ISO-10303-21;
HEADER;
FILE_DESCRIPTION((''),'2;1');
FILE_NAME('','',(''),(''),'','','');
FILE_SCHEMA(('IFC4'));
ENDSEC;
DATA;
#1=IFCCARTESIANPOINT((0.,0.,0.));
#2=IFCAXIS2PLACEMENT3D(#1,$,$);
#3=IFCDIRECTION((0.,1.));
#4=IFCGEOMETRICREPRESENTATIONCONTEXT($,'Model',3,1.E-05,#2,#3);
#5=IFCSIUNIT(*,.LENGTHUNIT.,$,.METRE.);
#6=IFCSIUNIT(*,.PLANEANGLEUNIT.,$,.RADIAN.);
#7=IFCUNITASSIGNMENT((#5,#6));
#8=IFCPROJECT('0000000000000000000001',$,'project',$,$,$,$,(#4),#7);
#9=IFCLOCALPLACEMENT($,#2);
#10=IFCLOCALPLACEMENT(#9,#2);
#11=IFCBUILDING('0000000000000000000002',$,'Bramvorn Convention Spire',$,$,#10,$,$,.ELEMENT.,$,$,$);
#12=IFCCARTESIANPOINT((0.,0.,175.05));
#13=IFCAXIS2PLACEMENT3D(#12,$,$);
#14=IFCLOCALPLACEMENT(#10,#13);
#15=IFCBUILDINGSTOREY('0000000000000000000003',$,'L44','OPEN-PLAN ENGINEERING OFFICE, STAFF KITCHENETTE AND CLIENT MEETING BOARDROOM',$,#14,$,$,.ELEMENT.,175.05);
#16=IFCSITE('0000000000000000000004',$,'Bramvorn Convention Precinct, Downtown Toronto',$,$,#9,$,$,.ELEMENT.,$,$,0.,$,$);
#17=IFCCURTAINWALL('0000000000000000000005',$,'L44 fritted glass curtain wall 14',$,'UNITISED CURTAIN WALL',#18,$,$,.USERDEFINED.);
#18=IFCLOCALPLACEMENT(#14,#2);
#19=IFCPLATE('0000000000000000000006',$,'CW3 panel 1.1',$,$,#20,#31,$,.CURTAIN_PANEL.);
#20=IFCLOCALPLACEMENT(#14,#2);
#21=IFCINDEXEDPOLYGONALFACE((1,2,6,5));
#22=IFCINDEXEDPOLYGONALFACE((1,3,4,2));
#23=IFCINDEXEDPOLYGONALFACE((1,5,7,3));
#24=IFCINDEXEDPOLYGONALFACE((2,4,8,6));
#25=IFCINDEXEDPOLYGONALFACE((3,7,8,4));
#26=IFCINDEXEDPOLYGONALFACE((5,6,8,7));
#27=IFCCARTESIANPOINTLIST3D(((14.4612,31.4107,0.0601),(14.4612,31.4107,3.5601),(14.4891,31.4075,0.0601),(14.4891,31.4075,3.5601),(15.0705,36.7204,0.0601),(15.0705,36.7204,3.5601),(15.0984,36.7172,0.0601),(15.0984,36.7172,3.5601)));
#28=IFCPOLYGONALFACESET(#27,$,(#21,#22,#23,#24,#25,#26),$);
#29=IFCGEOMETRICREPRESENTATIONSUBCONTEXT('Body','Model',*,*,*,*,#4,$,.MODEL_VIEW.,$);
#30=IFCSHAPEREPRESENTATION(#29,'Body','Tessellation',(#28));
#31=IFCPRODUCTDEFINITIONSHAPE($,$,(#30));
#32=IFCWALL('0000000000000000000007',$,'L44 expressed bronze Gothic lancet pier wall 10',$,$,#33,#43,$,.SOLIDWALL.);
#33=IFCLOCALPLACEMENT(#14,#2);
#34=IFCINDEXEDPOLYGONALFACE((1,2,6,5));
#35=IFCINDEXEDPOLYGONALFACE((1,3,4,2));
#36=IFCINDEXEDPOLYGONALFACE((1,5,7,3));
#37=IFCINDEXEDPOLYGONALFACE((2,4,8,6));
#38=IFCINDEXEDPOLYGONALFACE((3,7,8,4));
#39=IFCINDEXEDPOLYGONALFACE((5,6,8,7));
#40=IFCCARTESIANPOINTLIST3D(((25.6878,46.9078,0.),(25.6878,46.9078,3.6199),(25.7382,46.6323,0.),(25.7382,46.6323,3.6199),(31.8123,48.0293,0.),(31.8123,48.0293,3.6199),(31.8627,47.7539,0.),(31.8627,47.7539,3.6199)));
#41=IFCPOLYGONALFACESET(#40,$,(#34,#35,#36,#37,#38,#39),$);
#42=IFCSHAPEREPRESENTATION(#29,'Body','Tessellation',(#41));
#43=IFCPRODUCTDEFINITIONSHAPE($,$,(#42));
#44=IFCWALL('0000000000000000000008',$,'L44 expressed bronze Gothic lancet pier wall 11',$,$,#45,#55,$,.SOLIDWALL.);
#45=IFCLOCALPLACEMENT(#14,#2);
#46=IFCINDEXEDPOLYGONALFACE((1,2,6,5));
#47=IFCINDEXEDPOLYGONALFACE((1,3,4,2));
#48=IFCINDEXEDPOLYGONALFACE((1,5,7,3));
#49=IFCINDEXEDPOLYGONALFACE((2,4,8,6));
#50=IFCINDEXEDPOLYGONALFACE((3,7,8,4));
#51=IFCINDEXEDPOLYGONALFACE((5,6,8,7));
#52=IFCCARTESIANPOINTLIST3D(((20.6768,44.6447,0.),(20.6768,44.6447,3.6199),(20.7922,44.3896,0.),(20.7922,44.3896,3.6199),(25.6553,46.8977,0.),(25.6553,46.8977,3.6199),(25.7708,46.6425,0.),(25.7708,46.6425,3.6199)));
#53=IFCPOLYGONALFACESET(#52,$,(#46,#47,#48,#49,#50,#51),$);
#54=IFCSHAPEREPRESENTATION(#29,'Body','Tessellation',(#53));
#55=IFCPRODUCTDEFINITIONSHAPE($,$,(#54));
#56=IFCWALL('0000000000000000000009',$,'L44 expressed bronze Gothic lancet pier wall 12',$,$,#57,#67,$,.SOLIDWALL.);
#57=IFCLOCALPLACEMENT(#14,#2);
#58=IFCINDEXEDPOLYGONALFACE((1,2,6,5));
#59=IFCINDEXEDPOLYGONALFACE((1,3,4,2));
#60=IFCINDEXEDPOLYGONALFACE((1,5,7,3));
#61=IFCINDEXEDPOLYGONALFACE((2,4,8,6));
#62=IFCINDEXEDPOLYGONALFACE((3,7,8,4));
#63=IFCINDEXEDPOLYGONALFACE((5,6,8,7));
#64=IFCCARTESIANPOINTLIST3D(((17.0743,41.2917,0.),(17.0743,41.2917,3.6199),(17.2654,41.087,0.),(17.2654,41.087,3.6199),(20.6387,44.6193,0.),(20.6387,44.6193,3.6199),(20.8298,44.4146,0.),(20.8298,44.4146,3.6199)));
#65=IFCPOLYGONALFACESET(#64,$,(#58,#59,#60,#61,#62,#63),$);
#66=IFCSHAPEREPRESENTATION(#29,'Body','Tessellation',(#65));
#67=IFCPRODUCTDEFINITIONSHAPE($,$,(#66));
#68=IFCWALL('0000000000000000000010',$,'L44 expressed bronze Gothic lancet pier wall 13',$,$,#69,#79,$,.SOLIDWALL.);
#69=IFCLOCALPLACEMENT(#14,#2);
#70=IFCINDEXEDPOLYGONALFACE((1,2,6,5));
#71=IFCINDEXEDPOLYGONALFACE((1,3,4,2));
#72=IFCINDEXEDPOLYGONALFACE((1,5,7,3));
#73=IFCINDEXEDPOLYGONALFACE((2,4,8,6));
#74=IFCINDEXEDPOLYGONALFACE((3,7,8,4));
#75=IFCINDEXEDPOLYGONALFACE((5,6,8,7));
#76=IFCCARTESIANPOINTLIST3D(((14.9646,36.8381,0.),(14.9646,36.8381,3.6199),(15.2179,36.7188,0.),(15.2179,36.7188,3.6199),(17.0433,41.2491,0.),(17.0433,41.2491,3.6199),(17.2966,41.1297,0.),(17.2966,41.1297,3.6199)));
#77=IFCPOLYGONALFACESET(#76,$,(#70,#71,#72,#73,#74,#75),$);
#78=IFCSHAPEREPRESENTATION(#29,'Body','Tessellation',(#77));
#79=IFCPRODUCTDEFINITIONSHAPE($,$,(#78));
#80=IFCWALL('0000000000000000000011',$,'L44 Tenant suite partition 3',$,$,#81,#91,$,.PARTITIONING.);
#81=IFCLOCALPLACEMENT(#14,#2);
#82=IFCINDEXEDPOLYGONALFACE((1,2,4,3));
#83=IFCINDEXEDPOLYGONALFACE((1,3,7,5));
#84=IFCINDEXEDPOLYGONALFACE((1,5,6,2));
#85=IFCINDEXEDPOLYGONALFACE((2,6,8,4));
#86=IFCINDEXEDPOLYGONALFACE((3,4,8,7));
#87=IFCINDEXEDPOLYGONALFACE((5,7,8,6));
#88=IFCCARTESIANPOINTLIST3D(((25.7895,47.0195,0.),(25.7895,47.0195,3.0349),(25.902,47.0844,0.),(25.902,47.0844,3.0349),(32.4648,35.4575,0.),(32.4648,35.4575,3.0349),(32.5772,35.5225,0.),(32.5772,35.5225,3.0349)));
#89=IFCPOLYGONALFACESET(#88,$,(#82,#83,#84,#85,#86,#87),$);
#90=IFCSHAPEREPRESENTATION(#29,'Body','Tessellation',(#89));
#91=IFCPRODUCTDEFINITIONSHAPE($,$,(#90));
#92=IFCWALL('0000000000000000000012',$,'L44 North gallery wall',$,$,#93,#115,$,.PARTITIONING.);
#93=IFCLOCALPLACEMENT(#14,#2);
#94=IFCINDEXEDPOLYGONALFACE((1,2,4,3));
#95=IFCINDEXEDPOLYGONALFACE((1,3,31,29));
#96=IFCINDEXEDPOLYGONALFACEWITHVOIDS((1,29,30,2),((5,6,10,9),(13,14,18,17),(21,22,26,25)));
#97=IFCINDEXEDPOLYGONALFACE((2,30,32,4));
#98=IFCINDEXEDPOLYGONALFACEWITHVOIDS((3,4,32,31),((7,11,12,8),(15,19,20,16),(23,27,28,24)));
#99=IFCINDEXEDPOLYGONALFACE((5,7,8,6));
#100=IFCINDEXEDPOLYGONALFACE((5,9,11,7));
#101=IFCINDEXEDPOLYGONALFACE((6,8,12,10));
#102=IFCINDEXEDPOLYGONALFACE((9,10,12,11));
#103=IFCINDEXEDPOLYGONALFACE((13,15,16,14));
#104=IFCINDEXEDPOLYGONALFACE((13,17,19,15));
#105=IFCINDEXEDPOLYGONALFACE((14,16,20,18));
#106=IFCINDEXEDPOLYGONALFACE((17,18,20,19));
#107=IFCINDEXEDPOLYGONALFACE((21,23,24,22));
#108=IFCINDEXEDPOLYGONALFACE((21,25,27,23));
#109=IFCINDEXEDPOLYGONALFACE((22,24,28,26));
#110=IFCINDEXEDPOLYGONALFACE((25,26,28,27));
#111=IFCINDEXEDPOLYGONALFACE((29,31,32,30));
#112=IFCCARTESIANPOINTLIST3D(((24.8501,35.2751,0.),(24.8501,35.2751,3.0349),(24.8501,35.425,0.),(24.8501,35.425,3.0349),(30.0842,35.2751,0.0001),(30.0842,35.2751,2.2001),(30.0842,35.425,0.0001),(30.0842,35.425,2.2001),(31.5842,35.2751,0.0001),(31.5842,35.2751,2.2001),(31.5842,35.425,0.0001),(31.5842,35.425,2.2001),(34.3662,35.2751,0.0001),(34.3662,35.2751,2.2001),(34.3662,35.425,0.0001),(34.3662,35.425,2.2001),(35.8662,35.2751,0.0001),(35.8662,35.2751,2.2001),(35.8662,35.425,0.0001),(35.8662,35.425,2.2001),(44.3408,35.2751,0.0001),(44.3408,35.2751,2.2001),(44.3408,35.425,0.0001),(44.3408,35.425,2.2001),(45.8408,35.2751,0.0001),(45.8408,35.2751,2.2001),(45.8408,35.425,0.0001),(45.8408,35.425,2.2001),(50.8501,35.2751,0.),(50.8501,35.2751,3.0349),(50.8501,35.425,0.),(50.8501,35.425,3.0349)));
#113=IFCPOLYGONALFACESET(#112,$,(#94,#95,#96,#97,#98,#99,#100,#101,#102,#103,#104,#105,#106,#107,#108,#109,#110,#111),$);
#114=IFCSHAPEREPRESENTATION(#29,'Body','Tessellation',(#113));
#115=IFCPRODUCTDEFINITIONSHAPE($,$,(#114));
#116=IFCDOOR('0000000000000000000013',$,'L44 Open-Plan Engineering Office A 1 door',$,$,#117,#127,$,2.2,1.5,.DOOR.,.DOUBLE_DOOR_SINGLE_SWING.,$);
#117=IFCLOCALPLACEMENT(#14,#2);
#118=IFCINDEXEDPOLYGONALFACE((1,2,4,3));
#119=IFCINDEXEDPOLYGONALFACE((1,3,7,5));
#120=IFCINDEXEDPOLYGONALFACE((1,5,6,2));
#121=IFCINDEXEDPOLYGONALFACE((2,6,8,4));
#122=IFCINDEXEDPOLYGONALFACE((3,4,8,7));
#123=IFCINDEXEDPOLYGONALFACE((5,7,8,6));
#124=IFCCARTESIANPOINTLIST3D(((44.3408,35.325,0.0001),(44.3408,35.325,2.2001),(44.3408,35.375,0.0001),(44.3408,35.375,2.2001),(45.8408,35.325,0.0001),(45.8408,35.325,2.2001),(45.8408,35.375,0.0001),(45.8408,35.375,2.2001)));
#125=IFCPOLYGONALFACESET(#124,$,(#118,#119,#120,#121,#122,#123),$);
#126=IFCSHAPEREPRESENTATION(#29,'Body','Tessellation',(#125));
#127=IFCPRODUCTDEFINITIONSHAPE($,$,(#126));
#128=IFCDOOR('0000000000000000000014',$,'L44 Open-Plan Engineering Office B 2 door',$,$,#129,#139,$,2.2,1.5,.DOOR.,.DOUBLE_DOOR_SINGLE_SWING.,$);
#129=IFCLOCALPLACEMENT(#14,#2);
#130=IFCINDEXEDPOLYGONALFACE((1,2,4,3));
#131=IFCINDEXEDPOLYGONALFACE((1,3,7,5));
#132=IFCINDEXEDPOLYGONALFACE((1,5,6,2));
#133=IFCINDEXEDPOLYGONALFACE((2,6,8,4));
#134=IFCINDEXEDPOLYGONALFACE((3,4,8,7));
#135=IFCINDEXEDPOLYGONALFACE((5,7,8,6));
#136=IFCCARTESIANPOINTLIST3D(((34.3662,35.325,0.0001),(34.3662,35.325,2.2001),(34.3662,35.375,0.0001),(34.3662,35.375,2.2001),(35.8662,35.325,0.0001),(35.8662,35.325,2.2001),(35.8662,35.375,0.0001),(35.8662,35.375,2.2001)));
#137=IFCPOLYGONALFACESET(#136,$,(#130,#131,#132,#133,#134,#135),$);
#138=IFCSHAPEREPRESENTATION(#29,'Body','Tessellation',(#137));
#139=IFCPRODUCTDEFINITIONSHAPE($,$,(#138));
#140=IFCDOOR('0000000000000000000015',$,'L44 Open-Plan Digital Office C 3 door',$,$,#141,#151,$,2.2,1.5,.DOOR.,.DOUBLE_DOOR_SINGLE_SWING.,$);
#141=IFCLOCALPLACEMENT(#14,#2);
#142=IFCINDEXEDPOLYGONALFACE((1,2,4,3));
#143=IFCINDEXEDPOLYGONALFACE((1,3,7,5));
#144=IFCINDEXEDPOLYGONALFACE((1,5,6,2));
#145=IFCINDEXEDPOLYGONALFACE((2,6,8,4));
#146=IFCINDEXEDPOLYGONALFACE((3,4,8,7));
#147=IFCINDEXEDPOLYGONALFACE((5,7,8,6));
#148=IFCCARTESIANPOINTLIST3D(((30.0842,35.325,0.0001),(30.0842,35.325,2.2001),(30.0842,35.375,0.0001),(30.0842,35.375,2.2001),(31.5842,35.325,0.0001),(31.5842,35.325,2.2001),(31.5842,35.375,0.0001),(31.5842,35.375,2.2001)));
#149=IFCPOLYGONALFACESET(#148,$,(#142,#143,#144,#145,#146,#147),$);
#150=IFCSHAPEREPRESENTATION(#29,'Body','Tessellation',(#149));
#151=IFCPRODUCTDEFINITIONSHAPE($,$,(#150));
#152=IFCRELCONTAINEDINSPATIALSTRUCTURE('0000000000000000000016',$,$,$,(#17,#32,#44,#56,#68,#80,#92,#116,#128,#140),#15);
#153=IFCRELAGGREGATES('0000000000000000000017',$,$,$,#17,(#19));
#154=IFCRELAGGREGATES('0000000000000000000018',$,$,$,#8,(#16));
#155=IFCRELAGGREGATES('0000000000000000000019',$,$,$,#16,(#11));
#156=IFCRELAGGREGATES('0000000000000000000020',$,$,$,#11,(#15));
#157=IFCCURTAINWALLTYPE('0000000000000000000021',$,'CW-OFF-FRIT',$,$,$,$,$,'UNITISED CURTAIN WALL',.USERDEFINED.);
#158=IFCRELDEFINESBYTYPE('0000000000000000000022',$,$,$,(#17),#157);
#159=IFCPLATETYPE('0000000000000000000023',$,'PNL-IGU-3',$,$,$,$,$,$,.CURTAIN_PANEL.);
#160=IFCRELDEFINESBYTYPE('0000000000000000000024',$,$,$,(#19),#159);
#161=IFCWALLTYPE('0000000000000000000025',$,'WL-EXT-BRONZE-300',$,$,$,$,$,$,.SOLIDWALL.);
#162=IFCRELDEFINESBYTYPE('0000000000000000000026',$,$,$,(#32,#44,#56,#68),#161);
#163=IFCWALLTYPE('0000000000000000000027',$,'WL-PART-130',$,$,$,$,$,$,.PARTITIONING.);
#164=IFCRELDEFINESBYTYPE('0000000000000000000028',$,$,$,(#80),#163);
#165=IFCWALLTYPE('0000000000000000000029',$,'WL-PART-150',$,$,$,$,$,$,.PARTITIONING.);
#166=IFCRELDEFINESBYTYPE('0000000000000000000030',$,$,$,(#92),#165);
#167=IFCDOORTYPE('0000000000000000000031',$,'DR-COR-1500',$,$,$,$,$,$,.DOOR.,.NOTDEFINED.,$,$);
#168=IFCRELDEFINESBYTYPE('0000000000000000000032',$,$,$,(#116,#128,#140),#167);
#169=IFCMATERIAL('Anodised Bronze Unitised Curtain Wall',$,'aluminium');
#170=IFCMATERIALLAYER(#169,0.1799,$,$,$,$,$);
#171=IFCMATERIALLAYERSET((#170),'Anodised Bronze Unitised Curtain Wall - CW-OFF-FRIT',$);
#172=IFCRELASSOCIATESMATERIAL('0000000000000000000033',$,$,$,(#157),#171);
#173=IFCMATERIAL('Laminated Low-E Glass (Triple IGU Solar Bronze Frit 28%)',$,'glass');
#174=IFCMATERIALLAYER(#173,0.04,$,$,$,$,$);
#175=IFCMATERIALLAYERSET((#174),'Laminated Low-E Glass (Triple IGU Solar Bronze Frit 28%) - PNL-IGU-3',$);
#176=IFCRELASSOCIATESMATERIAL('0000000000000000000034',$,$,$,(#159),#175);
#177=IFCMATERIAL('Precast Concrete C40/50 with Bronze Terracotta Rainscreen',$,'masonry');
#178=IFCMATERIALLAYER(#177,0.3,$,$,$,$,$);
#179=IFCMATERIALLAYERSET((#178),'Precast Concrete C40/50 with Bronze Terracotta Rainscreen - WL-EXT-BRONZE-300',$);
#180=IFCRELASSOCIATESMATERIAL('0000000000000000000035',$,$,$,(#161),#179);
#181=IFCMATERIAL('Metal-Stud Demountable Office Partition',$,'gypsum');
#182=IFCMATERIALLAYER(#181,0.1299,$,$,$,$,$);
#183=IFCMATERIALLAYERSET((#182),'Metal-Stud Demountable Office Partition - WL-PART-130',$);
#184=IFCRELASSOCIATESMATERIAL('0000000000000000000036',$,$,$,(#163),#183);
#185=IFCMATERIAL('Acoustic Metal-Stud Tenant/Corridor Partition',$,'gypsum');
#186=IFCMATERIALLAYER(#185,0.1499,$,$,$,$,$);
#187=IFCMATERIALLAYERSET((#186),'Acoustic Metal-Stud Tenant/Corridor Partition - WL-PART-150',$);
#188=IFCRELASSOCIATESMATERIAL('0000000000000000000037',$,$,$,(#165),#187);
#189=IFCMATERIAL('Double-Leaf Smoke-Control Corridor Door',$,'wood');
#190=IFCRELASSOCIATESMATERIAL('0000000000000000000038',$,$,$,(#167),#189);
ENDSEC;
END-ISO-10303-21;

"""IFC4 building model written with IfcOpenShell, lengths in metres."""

from ifc_helpers import new_model, si_unit, direction, frame, frame_2d, origin, origin_2d, place, context, subcontext, project, spatial, rectangle, extrude, material, layer, layer_set, type_object, element, fill, aggregate, save


model = new_model("IFC4")

# Units and contexts
model_context = context("Model", 3, precision=1e-05, world=origin(), true_north=direction((0.0, 1.0)))
body_context = subcontext(model_context, "Body", "Model", "MODEL_VIEW")
ifc_project = project(units=[si_unit("LENGTHUNIT", "METRE"), si_unit("PLANEANGLEUNIT", "RADIAN")], contexts=[model_context])

# Site, building, storey
site_placement = place(None, origin())
site = spatial("IfcSite", under=ifc_project, at=site_placement, Name="Bramvorn Convention Precinct, Downtown Toronto", CompositionType="ELEMENT", RefElevation=0.0)
building_placement = place(site_placement, origin())
building = spatial("IfcBuilding", under=site, at=building_placement, Name="Bramvorn Convention Spire", CompositionType="ELEMENT")
storey_placement = place(building_placement, frame((0.0, 0.0, 175.05)))
storey = spatial("IfcBuildingStorey", under=building, at=storey_placement, Name="L44", Description="OPEN-PLAN ENGINEERING OFFICE, STAFF KITCHENETTE AND CLIENT MEETING BOARDROOM", CompositionType="ELEMENT", Elevation=175.05)

# Curtain wall
ifc_material_1 = material(Name="Anodised Bronze Unitised Curtain Wall", Category="aluminium")
ifc_layer_1 = layer(ifc_material_1, 0.1799)
ifc_layer_set_1 = layer_set([ifc_layer_1], Name="Anodised Bronze Unitised Curtain Wall - CW-OFF-FRIT")
curtain_wall_type = type_object("IfcCurtainWallType", Name="CW-OFF-FRIT", ElementType="UNITISED CURTAIN WALL", PredefinedType="USERDEFINED", material=ifc_layer_set_1)
curtain_wall_1_placement = place(storey_placement, origin())
curtain_wall_1 = element("IfcCurtainWall", 1, at=curtain_wall_1_placement, inside=storey, type_object=curtain_wall_type, Name="L44 fritted glass curtain wall 14", ObjectType="UNITISED CURTAIN WALL", PredefinedType="USERDEFINED")

# Plate
ifc_material_2 = material(Name="Laminated Low-E Glass (Triple IGU Solar Bronze Frit 28%)", Category="glass")
ifc_layer_2 = layer(ifc_material_2, 0.04)
ifc_layer_set_2 = layer_set([ifc_layer_2], Name="Laminated Low-E Glass (Triple IGU Solar Bronze Frit 28%) - PNL-IGU-3")
plate_type = type_object("IfcPlateType", Name="PNL-IGU-3", PredefinedType="CURTAIN_PANEL", material=ifc_layer_set_2)
plate_1_placement = place(storey_placement, frame((14.7798, 34.064, 0.0601), z_axis=(0.0, 0.0, 1.0), x_axis=(0.114008, 0.99348, 0.0)))
plate_1 = element("IfcPlate", 2, at=plate_1_placement, type_object=plate_type, Name="CW3 panel 1.1", PredefinedType="CURTAIN_PANEL", context=body_context, shape_type="SweptSolid", body=[
    extrude(rectangle(XDim=5.3445, YDim=0.0281, at=origin_2d()), origin(), (0.0, 0.0, 1.0), 3.5),
])
aggregate(curtain_wall_1, [plate_1])

# Walls
ifc_material_3 = material(Name="Precast Concrete C40/50 with Bronze Terracotta Rainscreen", Category="masonry")
ifc_layer_3 = layer(ifc_material_3, 0.3)
ifc_layer_set_3 = layer_set([ifc_layer_3], Name="Precast Concrete C40/50 with Bronze Terracotta Rainscreen - WL-EXT-BRONZE-300")
wall_type_1 = type_object("IfcWallType", Name="WL-EXT-BRONZE-300", PredefinedType="SOLIDWALL", material=ifc_layer_set_3)
wall_1_placement = place(storey_placement, frame((25.7129, 46.77, 0.0), z_axis=(0.0, 0.0, 1.0), x_axis=(0.983642, 0.180134, 0.0)))
element("IfcWall", 3, at=wall_1_placement, inside=storey, type_object=wall_type_1, Name="L44 expressed bronze Gothic lancet pier wall 10", PredefinedType="SOLIDWALL", context=body_context, shape_type="SweptSolid", body=[
    extrude(rectangle(XDim=6.2263, YDim=0.28, at=frame_2d((3.1133, 0.0))), origin(), (0.0, 0.0, 1.0), 3.6199),
])
wall_2_placement = place(storey_placement, frame((20.7344, 44.5171, 0.0), z_axis=(0.0, 0.0, 1.0), x_axis=(0.911057, 0.412281, 0.0)))
element("IfcWall", 4, at=wall_2_placement, inside=storey, type_object=wall_type_1, Name="L44 expressed bronze Gothic lancet pier wall 11", PredefinedType="SOLIDWALL", context=body_context, shape_type="SweptSolid", body=[
    extrude(rectangle(XDim=5.4646, YDim=0.28, at=frame_2d((2.7324, 0.0))), origin(), (0.0, 0.0, 1.0), 3.6199),
])
for number, where, z_axis, x_axis, name in (
    (5, (17.1699, 41.1895, 0.0), (0.0, 0.0, 1.0), (0.730972, 0.682407, 0.0), "L44 expressed bronze Gothic lancet pier wall 12"),
    (6, (15.0913, 36.7786, 0.0), (0.0, 0.0, 1.0), (0.426284, 0.904589, 0.0), "L44 expressed bronze Gothic lancet pier wall 13"),
):
    element("IfcWall", number, at=place(storey_placement, frame(where, z_axis=z_axis, x_axis=x_axis)), inside=storey, type_object=wall_type_1, Name=name, PredefinedType="SOLIDWALL", context=body_context, shape_type="SweptSolid", body=[
        extrude(rectangle(XDim=4.8762, YDim=0.28, at=frame_2d((2.438, 0.0))), origin(), (0.0, 0.0, 1.0), 3.6199),
    ])
ifc_material_4 = material(Name="Metal-Stud Demountable Office Partition", Category="gypsum")
ifc_layer_4 = layer(ifc_material_4, 0.1299)
ifc_layer_set_4 = layer_set([ifc_layer_4], Name="Metal-Stud Demountable Office Partition - WL-PART-130")
wall_type_2 = type_object("IfcWallType", Name="WL-PART-130", PredefinedType="PARTITIONING", material=ifc_layer_set_4)
wall_3_placement = place(storey_placement, frame((32.521, 35.49, 0.0), z_axis=(0.0, 0.0, 1.0), x_axis=(-0.499998, 0.866027, 0.0)))
element("IfcWall", 7, at=wall_3_placement, inside=storey, type_object=wall_type_2, Name="L44 Tenant suite partition 3", PredefinedType="PARTITIONING", context=body_context, shape_type="SweptSolid", body=[
    extrude(rectangle(XDim=13.3506, YDim=0.1299, at=frame_2d((6.6753, 0.0))), origin(), (0.0, 0.0, 1.0), 3.0349),
])

# Wall, openings, doors
ifc_material_5 = material(Name="Acoustic Metal-Stud Tenant/Corridor Partition", Category="gypsum")
ifc_layer_5 = layer(ifc_material_5, 0.1499)
ifc_layer_set_5 = layer_set([ifc_layer_5], Name="Acoustic Metal-Stud Tenant/Corridor Partition - WL-PART-150")
wall_type_3 = type_object("IfcWallType", Name="WL-PART-150", PredefinedType="PARTITIONING", material=ifc_layer_set_5)
wall_4_placement = place(storey_placement, frame((24.8501, 35.3501, 0.0), z_axis=(0.0, 0.0, 1.0), x_axis=(1.0, 0.0, 0.0)))
wall_4 = element("IfcWall", 8, at=wall_4_placement, inside=storey, type_object=wall_type_3, Name="L44 North gallery wall", PredefinedType="PARTITIONING", context=body_context, shape_type="SweptSolid", body=[
    extrude(rectangle(XDim=26.0, YDim=0.1499, at=frame_2d((13.0, 0.0))), origin(), (0.0, 0.0, 1.0), 3.0349),
])
opening_1_placement = place(wall_4_placement, frame((19.4907, 0.0, 0.0)))
opening_1 = element("IfcOpeningElement", 9, at=opening_1_placement, cuts=wall_4, PredefinedType="OPENING", context=body_context, shape_type="SweptSolid", body=[
    extrude(rectangle(XDim=1.5, YDim=2.2, at=frame_2d((0.75, 1.1001))), frame((0.0, 0.085, 0.0), z_axis=(0.0, -1.0, 0.0), x_axis=(1.0, 0.0, 0.0)), (0.0, 0.0, 1.0), 0.1699),
])
opening_2_placement = place(wall_4_placement, frame((9.5161, 0.0, 0.0)))
opening_2 = element("IfcOpeningElement", 10, at=opening_2_placement, cuts=wall_4, PredefinedType="OPENING", context=body_context, shape_type="SweptSolid", body=[
    extrude(rectangle(XDim=1.5, YDim=2.2, at=frame_2d((0.75, 1.1001))), frame((0.0, 0.085, 0.0), z_axis=(0.0, -1.0, 0.0), x_axis=(1.0, 0.0, 0.0)), (0.0, 0.0, 1.0), 0.1699),
])
opening_3_placement = place(wall_4_placement, frame((5.2341, 0.0, 0.0)))
opening_3 = element("IfcOpeningElement", 11, at=opening_3_placement, cuts=wall_4, PredefinedType="OPENING", context=body_context, shape_type="SweptSolid", body=[
    extrude(rectangle(XDim=1.5, YDim=2.2, at=frame_2d((0.75, 1.1001))), frame((0.0, 0.085, 0.0), z_axis=(0.0, -1.0, 0.0), x_axis=(1.0, 0.0, 0.0)), (0.0, 0.0, 1.0), 0.1699),
])
ifc_material_6 = material(Name="Double-Leaf Smoke-Control Corridor Door", Category="wood")
door_type = type_object("IfcDoorType", Name="DR-COR-1500", OperationType="NOTDEFINED", PredefinedType="DOOR", material=ifc_material_6)
door_1_placement = place(opening_1_placement, origin())
door_1 = element("IfcDoor", 12, at=door_1_placement, inside=storey, type_object=door_type, Name="L44 Open-Plan Engineering Office A 1 door", OperationType="DOUBLE_DOOR_SINGLE_SWING", OverallHeight=2.2, OverallWidth=1.5, PredefinedType="DOOR", context=body_context, shape_type="SweptSolid", body=[
    extrude(rectangle(XDim=1.5, YDim=2.2, at=frame_2d((0.75, 1.1001))), frame((0.0, 0.0249, 0.0), z_axis=(0.0, -1.0, 0.0), x_axis=(1.0, 0.0, 0.0)), (0.0, 0.0, 1.0), 0.05),
])
fill(opening_1, door_1)
door_2_placement = place(opening_2_placement, origin())
door_2 = element("IfcDoor", 13, at=door_2_placement, inside=storey, type_object=door_type, Name="L44 Open-Plan Engineering Office B 2 door", OperationType="DOUBLE_DOOR_SINGLE_SWING", OverallHeight=2.2, OverallWidth=1.5, PredefinedType="DOOR", context=body_context, shape_type="SweptSolid", body=[
    extrude(rectangle(XDim=1.5, YDim=2.2, at=frame_2d((0.75, 1.1001))), frame((0.0, 0.0249, 0.0), z_axis=(0.0, -1.0, 0.0), x_axis=(1.0, 0.0, 0.0)), (0.0, 0.0, 1.0), 0.05),
])
fill(opening_2, door_2)
door_3_placement = place(opening_3_placement, origin())
door_3 = element("IfcDoor", 14, at=door_3_placement, inside=storey, type_object=door_type, Name="L44 Open-Plan Digital Office C 3 door", OperationType="DOUBLE_DOOR_SINGLE_SWING", OverallHeight=2.2, OverallWidth=1.5, PredefinedType="DOOR", context=body_context, shape_type="SweptSolid", body=[
    extrude(rectangle(XDim=1.5, YDim=2.2, at=frame_2d((0.75, 1.1001))), frame((0.0, 0.0249, 0.0), z_axis=(0.0, -1.0, 0.0), x_axis=(1.0, 0.0, 0.0)), (0.0, 0.0, 1.0), 0.05),
])
fill(opening_3, door_3)

save(model, "model.ifc")
